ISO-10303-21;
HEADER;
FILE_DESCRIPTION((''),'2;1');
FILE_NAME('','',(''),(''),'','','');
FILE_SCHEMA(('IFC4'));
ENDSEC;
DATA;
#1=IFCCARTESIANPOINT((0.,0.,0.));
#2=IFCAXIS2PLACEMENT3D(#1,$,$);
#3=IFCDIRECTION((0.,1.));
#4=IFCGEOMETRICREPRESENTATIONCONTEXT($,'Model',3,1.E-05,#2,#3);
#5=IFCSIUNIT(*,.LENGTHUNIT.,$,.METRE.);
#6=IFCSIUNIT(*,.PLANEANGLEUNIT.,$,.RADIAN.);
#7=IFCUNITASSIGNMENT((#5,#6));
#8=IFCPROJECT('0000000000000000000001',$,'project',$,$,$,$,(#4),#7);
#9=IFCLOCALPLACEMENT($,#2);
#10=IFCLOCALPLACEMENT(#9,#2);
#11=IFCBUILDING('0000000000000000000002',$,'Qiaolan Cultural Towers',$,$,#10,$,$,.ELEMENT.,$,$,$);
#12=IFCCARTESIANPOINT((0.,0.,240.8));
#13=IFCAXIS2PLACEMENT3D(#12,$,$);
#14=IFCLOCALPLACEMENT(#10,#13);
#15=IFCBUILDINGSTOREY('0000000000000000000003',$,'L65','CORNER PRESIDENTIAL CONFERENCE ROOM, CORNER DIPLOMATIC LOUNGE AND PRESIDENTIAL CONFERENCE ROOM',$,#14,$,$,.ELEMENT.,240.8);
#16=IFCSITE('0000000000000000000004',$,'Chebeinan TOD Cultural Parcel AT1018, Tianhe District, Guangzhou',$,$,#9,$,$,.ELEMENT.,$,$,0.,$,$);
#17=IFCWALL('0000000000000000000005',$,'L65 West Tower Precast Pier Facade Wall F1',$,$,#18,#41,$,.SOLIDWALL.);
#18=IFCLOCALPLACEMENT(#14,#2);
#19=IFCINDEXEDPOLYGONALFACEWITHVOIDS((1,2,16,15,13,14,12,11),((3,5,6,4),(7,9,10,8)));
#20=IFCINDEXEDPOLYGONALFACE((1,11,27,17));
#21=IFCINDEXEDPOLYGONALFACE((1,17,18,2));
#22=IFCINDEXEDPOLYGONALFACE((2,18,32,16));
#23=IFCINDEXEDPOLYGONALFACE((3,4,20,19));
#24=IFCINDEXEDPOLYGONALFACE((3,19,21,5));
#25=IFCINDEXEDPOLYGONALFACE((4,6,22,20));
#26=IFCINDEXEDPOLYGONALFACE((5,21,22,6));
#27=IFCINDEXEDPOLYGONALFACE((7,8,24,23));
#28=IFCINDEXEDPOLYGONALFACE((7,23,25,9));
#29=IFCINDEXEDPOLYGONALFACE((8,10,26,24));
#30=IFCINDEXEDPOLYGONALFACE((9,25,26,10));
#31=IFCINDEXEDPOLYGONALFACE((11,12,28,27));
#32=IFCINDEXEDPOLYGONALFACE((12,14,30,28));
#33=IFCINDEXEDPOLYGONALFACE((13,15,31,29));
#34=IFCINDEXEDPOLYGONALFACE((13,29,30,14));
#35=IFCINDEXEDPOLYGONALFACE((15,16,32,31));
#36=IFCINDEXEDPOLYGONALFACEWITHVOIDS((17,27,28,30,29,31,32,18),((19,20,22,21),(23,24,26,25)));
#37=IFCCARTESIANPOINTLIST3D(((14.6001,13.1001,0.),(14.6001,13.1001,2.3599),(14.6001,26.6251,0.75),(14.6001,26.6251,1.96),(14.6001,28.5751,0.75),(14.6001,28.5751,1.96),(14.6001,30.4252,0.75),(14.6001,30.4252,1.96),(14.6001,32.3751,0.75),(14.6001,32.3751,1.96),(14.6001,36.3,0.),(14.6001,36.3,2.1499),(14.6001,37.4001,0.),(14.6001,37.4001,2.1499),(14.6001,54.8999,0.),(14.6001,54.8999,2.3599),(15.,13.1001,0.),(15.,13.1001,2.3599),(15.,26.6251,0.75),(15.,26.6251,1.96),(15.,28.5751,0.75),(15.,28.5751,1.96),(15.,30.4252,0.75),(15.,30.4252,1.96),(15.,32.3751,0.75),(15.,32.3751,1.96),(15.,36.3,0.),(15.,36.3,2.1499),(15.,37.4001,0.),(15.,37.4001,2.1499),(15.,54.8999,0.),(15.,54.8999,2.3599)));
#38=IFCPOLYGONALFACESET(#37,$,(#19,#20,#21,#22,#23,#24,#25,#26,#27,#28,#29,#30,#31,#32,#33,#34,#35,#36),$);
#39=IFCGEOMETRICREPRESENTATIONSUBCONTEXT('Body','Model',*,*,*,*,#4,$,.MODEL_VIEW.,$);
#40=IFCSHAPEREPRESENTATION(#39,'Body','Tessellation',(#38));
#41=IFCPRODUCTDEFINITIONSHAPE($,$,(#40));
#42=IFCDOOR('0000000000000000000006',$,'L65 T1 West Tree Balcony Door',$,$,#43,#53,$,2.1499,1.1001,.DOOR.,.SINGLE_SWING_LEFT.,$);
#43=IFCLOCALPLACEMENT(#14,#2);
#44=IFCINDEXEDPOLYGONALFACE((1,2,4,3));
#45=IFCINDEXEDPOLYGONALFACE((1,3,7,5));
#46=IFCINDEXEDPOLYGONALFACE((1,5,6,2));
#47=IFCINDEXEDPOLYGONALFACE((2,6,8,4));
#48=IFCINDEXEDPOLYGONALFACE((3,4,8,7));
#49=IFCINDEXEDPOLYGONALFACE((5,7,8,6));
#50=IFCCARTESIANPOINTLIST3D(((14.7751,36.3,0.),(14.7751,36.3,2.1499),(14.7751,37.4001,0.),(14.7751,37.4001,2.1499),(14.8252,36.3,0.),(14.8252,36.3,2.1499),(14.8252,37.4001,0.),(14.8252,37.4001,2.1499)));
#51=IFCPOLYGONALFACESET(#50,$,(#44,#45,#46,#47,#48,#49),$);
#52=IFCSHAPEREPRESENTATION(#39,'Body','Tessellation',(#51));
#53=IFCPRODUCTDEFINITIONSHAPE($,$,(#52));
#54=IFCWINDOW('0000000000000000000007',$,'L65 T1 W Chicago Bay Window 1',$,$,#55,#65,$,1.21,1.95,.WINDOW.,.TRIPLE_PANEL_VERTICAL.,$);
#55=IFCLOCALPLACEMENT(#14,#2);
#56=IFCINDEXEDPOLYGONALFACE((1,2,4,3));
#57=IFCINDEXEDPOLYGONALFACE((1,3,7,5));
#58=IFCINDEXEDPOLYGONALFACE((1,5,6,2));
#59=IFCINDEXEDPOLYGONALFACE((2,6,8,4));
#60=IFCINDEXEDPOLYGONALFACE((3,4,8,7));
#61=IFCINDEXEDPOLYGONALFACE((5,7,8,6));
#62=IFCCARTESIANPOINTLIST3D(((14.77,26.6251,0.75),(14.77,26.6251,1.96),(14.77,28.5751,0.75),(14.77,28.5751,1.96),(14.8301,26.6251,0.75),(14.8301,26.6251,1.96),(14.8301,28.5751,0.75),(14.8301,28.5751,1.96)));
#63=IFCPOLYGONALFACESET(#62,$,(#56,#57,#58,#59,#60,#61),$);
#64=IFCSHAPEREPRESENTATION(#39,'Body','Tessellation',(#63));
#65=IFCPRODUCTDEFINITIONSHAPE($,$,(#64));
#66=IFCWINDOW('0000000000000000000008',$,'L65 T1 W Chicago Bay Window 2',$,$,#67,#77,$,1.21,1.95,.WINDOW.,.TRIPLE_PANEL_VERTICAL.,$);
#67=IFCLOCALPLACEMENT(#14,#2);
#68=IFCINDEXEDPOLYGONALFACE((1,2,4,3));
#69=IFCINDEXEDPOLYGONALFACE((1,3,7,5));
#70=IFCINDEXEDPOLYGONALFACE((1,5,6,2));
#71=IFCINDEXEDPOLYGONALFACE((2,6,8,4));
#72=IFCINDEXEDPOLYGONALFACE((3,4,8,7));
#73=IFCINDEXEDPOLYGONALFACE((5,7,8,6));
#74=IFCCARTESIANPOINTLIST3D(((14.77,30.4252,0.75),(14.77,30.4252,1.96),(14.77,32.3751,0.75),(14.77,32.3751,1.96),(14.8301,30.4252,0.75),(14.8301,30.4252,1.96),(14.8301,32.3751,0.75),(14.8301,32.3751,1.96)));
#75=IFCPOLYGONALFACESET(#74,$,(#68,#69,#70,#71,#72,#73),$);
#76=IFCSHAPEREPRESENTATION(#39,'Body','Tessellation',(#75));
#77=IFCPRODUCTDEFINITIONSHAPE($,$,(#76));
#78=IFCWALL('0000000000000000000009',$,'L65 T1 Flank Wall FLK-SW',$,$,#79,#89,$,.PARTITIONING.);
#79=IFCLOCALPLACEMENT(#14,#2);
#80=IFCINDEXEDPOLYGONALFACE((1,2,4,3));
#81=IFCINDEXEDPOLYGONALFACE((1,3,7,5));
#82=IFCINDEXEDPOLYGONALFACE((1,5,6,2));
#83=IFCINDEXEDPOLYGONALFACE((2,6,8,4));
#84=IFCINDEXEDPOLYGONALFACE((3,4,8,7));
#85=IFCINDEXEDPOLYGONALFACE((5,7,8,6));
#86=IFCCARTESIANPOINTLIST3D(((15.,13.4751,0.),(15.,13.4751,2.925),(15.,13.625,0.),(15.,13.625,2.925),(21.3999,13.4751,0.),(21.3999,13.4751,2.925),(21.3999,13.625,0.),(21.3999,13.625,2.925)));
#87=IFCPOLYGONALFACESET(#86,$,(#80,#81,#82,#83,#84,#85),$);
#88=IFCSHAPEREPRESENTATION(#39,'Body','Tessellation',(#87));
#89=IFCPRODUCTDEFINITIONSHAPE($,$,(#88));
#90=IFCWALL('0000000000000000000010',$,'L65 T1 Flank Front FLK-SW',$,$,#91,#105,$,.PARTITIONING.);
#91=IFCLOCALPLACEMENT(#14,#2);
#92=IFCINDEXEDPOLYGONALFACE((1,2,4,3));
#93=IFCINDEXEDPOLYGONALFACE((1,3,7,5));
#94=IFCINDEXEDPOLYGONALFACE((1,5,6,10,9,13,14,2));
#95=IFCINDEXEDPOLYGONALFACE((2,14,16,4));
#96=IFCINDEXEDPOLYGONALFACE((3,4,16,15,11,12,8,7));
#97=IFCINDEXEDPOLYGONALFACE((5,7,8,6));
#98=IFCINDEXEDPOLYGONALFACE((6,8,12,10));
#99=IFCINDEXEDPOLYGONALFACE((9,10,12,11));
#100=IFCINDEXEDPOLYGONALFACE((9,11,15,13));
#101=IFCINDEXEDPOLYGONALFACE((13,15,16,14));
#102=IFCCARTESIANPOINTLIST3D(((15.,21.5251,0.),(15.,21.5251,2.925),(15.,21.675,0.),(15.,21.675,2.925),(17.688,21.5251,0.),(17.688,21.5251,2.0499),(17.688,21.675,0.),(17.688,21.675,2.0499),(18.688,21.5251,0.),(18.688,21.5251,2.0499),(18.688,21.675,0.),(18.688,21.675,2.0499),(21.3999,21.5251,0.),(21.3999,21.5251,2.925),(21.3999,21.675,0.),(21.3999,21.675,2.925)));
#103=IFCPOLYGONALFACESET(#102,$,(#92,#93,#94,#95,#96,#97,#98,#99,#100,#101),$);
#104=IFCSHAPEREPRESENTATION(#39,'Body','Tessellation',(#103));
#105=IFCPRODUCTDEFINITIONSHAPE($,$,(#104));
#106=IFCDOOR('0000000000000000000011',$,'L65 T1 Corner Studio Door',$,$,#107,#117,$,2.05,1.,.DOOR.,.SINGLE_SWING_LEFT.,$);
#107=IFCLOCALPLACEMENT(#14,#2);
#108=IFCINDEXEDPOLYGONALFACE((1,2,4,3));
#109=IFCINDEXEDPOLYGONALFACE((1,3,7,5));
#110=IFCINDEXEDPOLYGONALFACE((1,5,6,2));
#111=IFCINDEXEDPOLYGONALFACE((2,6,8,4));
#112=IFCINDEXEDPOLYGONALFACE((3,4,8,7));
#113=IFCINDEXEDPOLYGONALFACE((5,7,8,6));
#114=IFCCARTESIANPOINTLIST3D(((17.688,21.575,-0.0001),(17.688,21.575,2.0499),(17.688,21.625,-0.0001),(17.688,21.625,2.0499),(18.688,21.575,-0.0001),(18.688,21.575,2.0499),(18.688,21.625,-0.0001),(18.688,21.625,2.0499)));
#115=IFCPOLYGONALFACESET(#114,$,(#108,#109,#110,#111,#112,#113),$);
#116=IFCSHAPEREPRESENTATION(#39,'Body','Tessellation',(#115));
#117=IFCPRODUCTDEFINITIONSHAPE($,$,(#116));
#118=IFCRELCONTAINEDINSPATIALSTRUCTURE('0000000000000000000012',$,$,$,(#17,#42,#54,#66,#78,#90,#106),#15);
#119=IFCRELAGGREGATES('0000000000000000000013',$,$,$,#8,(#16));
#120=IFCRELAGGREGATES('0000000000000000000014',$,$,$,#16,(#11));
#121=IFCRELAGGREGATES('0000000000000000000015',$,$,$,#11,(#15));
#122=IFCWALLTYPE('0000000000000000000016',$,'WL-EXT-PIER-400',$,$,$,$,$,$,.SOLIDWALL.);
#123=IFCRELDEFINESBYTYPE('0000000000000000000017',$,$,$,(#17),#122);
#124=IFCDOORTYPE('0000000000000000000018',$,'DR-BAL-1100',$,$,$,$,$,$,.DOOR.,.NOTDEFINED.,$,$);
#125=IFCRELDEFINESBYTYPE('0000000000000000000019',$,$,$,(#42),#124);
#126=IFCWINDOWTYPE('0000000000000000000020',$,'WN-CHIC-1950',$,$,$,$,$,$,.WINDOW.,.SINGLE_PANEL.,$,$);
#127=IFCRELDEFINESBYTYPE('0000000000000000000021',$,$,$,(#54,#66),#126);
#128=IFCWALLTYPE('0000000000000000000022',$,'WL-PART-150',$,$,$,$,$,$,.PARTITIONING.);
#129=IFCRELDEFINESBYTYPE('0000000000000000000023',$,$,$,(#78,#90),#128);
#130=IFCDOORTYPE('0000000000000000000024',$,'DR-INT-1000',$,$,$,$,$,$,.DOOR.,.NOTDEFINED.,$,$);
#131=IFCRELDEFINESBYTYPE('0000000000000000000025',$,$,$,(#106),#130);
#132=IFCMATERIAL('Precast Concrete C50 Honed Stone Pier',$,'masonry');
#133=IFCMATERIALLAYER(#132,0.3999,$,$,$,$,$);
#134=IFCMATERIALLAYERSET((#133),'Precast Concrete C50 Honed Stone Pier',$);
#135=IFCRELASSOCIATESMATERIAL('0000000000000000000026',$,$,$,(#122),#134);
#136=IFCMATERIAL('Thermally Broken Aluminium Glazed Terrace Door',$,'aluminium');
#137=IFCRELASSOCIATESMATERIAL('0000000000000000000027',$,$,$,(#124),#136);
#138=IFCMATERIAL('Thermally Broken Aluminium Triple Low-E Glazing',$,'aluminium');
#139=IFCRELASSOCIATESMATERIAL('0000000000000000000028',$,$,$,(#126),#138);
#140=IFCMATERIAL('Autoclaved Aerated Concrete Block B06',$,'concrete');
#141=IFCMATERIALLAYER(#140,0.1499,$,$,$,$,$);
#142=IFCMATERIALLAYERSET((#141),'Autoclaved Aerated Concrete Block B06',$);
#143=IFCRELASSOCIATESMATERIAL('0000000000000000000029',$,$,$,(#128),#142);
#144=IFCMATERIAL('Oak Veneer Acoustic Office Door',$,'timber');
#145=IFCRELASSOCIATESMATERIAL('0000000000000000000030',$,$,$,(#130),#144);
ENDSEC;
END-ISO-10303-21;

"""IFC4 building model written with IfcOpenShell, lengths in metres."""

from ifc_helpers import new_model, si_unit, direction, frame, frame_2d, origin, place, context, subcontext, project, spatial, rectangle, extrude, material, layer, layer_set, type_object, element, fill, save


model = new_model("IFC4")

# Units and contexts
model_context = context("Model", 3, precision=1e-05, world=origin(), true_north=direction((0.0, 1.0)))
body_context = subcontext(model_context, "Body", "Model", "MODEL_VIEW")
ifc_project = project(units=[si_unit("LENGTHUNIT", "METRE"), si_unit("PLANEANGLEUNIT", "RADIAN")], contexts=[model_context])

# Site, building, storey
site_placement = place(None, origin())
site = spatial("IfcSite", under=ifc_project, at=site_placement, Name="Chebeinan TOD Cultural Parcel AT1018, Tianhe District, Guangzhou", CompositionType="ELEMENT", RefElevation=0.0)
building_placement = place(site_placement, origin())
building = spatial("IfcBuilding", under=site, at=building_placement, Name="Qiaolan Cultural Towers", CompositionType="ELEMENT")
storey_placement = place(building_placement, frame((0.0, 0.0, 240.8)))
storey = spatial("IfcBuildingStorey", under=building, at=storey_placement, Name="L65", Description="CORNER PRESIDENTIAL CONFERENCE ROOM, CORNER DIPLOMATIC LOUNGE AND PRESIDENTIAL CONFERENCE ROOM", CompositionType="ELEMENT", Elevation=240.8)

# Wall, openings, door, windows
ifc_material_1 = material(Name="Precast Concrete C50 Honed Stone Pier", Category="masonry")
ifc_layer_1 = layer(ifc_material_1, 0.3999)
ifc_layer_set_1 = layer_set([ifc_layer_1], Name="Precast Concrete C50 Honed Stone Pier")
wall_type_1 = type_object("IfcWallType", Name="WL-EXT-PIER-400", PredefinedType="SOLIDWALL", material=ifc_layer_set_1)
wall_1_placement = place(storey_placement, frame((14.8, 13.1001, 0.0), z_axis=(0.0, 0.0, 1.0), x_axis=(0.0, 1.0, 0.0)))
wall_1 = element("IfcWall", 1, at=wall_1_placement, inside=storey, type_object=wall_type_1, Name="L65 West Tower Precast Pier Facade Wall F1", PredefinedType="SOLIDWALL", context=body_context, shape_type="SweptSolid", body=[
    extrude(rectangle(XDim=41.7998, YDim=0.3999, at=frame_2d((20.8999, 0.0))), origin(), (0.0, 0.0, 1.0), 2.3599),
])
opening_1_placement = place(wall_1_placement, frame((13.5249, 0.0, 0.75)))
opening_1 = element("IfcOpeningElement", 2, at=opening_1_placement, cuts=wall_1, PredefinedType="OPENING", context=body_context, shape_type="SweptSolid", body=[
    extrude(rectangle(XDim=1.95, YDim=1.21, at=frame_2d((0.9751, 0.605))), frame((0.0, 0.21, 0.0), z_axis=(0.0, -1.0, 0.0), x_axis=(1.0, 0.0, 0.0)), (0.0, 0.0, 1.0), 0.4199),
])
opening_2_placement = place(wall_1_placement, frame((17.325, 0.0, 0.75)))
opening_2 = element("IfcOpeningElement", 3, at=opening_2_placement, cuts=wall_1, PredefinedType="OPENING", context=body_context, shape_type="SweptSolid", body=[
    extrude(rectangle(XDim=1.95, YDim=1.21, at=frame_2d((0.9751, 0.605))), frame((0.0, 0.21, 0.0), z_axis=(0.0, -1.0, 0.0), x_axis=(1.0, 0.0, 0.0)), (0.0, 0.0, 1.0), 0.4199),
])
opening_3_placement = place(wall_1_placement, frame((23.2, 0.0, 0.0)))
opening_3 = element("IfcOpeningElement", 4, at=opening_3_placement, cuts=wall_1, PredefinedType="OPENING", context=body_context, shape_type="SweptSolid", body=[
    extrude(rectangle(XDim=1.1001, YDim=2.1499, at=frame_2d((0.55, 1.075))), frame((0.0, 0.21, 0.0), z_axis=(0.0, -1.0, 0.0), x_axis=(1.0, 0.0, 0.0)), (0.0, 0.0, 1.0), 0.4199),
])
ifc_material_2 = material(Name="Thermally Broken Aluminium Glazed Terrace Door", Category="aluminium")
door_type_1 = type_object("IfcDoorType", Name="DR-BAL-1100", OperationType="NOTDEFINED", PredefinedType="DOOR", material=ifc_material_2)
door_1_placement = place(opening_3_placement, origin())
door_1 = element("IfcDoor", 5, at=door_1_placement, inside=storey, type_object=door_type_1, Name="L65 T1 West Tree Balcony Door", OperationType="SINGLE_SWING_LEFT", OverallHeight=2.1499, OverallWidth=1.1001, PredefinedType="DOOR", context=body_context, shape_type="SweptSolid", body=[
    extrude(rectangle(XDim=1.1001, YDim=2.1499, at=frame_2d((0.55, 1.075))), frame((0.0, 0.0249, 0.0), z_axis=(0.0, -1.0, 0.0), x_axis=(1.0, 0.0, 0.0)), (0.0, 0.0, 1.0), 0.05),
])
fill(opening_3, door_1)
ifc_material_3 = material(Name="Thermally Broken Aluminium Triple Low-E Glazing", Category="aluminium")
window_type = type_object("IfcWindowType", Name="WN-CHIC-1950", PartitioningType="SINGLE_PANEL", PredefinedType="WINDOW", material=ifc_material_3)
window_1_placement = place(opening_1_placement, origin())
window_1 = element("IfcWindow", 6, at=window_1_placement, inside=storey, type_object=window_type, Name="L65 T1 W Chicago Bay Window 1", OverallHeight=1.21, OverallWidth=1.95, PartitioningType="TRIPLE_PANEL_VERTICAL", PredefinedType="WINDOW", context=body_context, shape_type="SweptSolid", body=[
    extrude(rectangle(XDim=1.95, YDim=1.21, at=frame_2d((0.9751, 0.605))), frame((0.0, 0.03, 0.0), z_axis=(0.0, -1.0, 0.0), x_axis=(1.0, 0.0, 0.0)), (0.0, 0.0, 1.0), 0.0601),
])
fill(opening_1, window_1)
window_2_placement = place(opening_2_placement, origin())
window_2 = element("IfcWindow", 7, at=window_2_placement, inside=storey, type_object=window_type, Name="L65 T1 W Chicago Bay Window 2", OverallHeight=1.21, OverallWidth=1.95, PartitioningType="TRIPLE_PANEL_VERTICAL", PredefinedType="WINDOW", context=body_context, shape_type="SweptSolid", body=[
    extrude(rectangle(XDim=1.95, YDim=1.21, at=frame_2d((0.9751, 0.605))), frame((0.0, 0.03, 0.0), z_axis=(0.0, -1.0, 0.0), x_axis=(1.0, 0.0, 0.0)), (0.0, 0.0, 1.0), 0.0601),
])
fill(opening_2, window_2)

# Wall
ifc_material_4 = material(Name="Autoclaved Aerated Concrete Block B06", Category="concrete")
ifc_layer_2 = layer(ifc_material_4, 0.1499)
ifc_layer_set_2 = layer_set([ifc_layer_2], Name="Autoclaved Aerated Concrete Block B06")
wall_type_2 = type_object("IfcWallType", Name="WL-PART-150", PredefinedType="PARTITIONING", material=ifc_layer_set_2)
wall_2_placement = place(storey_placement, frame((15.0, 13.55, 0.0), z_axis=(0.0, 0.0, 1.0), x_axis=(1.0, 0.0, 0.0)))
element("IfcWall", 8, at=wall_2_placement, inside=storey, type_object=wall_type_2, Name="L65 T1 Flank Wall FLK-SW", PredefinedType="PARTITIONING", context=body_context, shape_type="SweptSolid", body=[
    extrude(rectangle(XDim=6.3999, YDim=0.1499, at=frame_2d((3.2, 0.0))), origin(), (0.0, 0.0, 1.0), 2.925),
])

# Wall, opening, door
wall_3_placement = place(storey_placement, frame((15.0, 21.6001, 0.0), z_axis=(0.0, 0.0, 1.0), x_axis=(1.0, 0.0, 0.0)))
wall_3 = element("IfcWall", 9, at=wall_3_placement, inside=storey, type_object=wall_type_2, Name="L65 T1 Flank Front FLK-SW", PredefinedType="PARTITIONING", context=body_context, shape_type="SweptSolid", body=[
    extrude(rectangle(XDim=6.3999, YDim=0.1499, at=frame_2d((3.2, 0.0))), origin(), (0.0, 0.0, 1.0), 2.925),
])
opening_4_placement = place(wall_3_placement, frame((2.688, 0.0, 0.0)))
opening_4 = element("IfcOpeningElement", 10, at=opening_4_placement, cuts=wall_3, PredefinedType="OPENING", context=body_context, shape_type="SweptSolid", body=[
    extrude(rectangle(XDim=1.0, YDim=2.05, at=frame_2d((0.5, 1.0249))), frame((0.0, 0.085, 0.0), z_axis=(0.0, -1.0, 0.0), x_axis=(1.0, 0.0, 0.0)), (0.0, 0.0, 1.0), 0.1699),
])
ifc_material_5 = material(Name="Oak Veneer Acoustic Office Door", Category="timber")
door_type_2 = type_object("IfcDoorType", Name="DR-INT-1000", OperationType="NOTDEFINED", PredefinedType="DOOR", material=ifc_material_5)
door_2_placement = place(opening_4_placement, origin())
door_2 = element("IfcDoor", 11, at=door_2_placement, inside=storey, type_object=door_type_2, Name="L65 T1 Corner Studio Door", OperationType="SINGLE_SWING_LEFT", OverallHeight=2.05, OverallWidth=1.0, PredefinedType="DOOR", context=body_context, shape_type="SweptSolid", body=[
    extrude(rectangle(XDim=1.0, YDim=2.05, at=frame_2d((0.5, 1.0249))), frame((0.0, 0.0249, 0.0), z_axis=(0.0, -1.0, 0.0), x_axis=(1.0, 0.0, 0.0)), (0.0, 0.0, 1.0), 0.05),
])
fill(opening_4, door_2)

save(model, "model.ifc")
